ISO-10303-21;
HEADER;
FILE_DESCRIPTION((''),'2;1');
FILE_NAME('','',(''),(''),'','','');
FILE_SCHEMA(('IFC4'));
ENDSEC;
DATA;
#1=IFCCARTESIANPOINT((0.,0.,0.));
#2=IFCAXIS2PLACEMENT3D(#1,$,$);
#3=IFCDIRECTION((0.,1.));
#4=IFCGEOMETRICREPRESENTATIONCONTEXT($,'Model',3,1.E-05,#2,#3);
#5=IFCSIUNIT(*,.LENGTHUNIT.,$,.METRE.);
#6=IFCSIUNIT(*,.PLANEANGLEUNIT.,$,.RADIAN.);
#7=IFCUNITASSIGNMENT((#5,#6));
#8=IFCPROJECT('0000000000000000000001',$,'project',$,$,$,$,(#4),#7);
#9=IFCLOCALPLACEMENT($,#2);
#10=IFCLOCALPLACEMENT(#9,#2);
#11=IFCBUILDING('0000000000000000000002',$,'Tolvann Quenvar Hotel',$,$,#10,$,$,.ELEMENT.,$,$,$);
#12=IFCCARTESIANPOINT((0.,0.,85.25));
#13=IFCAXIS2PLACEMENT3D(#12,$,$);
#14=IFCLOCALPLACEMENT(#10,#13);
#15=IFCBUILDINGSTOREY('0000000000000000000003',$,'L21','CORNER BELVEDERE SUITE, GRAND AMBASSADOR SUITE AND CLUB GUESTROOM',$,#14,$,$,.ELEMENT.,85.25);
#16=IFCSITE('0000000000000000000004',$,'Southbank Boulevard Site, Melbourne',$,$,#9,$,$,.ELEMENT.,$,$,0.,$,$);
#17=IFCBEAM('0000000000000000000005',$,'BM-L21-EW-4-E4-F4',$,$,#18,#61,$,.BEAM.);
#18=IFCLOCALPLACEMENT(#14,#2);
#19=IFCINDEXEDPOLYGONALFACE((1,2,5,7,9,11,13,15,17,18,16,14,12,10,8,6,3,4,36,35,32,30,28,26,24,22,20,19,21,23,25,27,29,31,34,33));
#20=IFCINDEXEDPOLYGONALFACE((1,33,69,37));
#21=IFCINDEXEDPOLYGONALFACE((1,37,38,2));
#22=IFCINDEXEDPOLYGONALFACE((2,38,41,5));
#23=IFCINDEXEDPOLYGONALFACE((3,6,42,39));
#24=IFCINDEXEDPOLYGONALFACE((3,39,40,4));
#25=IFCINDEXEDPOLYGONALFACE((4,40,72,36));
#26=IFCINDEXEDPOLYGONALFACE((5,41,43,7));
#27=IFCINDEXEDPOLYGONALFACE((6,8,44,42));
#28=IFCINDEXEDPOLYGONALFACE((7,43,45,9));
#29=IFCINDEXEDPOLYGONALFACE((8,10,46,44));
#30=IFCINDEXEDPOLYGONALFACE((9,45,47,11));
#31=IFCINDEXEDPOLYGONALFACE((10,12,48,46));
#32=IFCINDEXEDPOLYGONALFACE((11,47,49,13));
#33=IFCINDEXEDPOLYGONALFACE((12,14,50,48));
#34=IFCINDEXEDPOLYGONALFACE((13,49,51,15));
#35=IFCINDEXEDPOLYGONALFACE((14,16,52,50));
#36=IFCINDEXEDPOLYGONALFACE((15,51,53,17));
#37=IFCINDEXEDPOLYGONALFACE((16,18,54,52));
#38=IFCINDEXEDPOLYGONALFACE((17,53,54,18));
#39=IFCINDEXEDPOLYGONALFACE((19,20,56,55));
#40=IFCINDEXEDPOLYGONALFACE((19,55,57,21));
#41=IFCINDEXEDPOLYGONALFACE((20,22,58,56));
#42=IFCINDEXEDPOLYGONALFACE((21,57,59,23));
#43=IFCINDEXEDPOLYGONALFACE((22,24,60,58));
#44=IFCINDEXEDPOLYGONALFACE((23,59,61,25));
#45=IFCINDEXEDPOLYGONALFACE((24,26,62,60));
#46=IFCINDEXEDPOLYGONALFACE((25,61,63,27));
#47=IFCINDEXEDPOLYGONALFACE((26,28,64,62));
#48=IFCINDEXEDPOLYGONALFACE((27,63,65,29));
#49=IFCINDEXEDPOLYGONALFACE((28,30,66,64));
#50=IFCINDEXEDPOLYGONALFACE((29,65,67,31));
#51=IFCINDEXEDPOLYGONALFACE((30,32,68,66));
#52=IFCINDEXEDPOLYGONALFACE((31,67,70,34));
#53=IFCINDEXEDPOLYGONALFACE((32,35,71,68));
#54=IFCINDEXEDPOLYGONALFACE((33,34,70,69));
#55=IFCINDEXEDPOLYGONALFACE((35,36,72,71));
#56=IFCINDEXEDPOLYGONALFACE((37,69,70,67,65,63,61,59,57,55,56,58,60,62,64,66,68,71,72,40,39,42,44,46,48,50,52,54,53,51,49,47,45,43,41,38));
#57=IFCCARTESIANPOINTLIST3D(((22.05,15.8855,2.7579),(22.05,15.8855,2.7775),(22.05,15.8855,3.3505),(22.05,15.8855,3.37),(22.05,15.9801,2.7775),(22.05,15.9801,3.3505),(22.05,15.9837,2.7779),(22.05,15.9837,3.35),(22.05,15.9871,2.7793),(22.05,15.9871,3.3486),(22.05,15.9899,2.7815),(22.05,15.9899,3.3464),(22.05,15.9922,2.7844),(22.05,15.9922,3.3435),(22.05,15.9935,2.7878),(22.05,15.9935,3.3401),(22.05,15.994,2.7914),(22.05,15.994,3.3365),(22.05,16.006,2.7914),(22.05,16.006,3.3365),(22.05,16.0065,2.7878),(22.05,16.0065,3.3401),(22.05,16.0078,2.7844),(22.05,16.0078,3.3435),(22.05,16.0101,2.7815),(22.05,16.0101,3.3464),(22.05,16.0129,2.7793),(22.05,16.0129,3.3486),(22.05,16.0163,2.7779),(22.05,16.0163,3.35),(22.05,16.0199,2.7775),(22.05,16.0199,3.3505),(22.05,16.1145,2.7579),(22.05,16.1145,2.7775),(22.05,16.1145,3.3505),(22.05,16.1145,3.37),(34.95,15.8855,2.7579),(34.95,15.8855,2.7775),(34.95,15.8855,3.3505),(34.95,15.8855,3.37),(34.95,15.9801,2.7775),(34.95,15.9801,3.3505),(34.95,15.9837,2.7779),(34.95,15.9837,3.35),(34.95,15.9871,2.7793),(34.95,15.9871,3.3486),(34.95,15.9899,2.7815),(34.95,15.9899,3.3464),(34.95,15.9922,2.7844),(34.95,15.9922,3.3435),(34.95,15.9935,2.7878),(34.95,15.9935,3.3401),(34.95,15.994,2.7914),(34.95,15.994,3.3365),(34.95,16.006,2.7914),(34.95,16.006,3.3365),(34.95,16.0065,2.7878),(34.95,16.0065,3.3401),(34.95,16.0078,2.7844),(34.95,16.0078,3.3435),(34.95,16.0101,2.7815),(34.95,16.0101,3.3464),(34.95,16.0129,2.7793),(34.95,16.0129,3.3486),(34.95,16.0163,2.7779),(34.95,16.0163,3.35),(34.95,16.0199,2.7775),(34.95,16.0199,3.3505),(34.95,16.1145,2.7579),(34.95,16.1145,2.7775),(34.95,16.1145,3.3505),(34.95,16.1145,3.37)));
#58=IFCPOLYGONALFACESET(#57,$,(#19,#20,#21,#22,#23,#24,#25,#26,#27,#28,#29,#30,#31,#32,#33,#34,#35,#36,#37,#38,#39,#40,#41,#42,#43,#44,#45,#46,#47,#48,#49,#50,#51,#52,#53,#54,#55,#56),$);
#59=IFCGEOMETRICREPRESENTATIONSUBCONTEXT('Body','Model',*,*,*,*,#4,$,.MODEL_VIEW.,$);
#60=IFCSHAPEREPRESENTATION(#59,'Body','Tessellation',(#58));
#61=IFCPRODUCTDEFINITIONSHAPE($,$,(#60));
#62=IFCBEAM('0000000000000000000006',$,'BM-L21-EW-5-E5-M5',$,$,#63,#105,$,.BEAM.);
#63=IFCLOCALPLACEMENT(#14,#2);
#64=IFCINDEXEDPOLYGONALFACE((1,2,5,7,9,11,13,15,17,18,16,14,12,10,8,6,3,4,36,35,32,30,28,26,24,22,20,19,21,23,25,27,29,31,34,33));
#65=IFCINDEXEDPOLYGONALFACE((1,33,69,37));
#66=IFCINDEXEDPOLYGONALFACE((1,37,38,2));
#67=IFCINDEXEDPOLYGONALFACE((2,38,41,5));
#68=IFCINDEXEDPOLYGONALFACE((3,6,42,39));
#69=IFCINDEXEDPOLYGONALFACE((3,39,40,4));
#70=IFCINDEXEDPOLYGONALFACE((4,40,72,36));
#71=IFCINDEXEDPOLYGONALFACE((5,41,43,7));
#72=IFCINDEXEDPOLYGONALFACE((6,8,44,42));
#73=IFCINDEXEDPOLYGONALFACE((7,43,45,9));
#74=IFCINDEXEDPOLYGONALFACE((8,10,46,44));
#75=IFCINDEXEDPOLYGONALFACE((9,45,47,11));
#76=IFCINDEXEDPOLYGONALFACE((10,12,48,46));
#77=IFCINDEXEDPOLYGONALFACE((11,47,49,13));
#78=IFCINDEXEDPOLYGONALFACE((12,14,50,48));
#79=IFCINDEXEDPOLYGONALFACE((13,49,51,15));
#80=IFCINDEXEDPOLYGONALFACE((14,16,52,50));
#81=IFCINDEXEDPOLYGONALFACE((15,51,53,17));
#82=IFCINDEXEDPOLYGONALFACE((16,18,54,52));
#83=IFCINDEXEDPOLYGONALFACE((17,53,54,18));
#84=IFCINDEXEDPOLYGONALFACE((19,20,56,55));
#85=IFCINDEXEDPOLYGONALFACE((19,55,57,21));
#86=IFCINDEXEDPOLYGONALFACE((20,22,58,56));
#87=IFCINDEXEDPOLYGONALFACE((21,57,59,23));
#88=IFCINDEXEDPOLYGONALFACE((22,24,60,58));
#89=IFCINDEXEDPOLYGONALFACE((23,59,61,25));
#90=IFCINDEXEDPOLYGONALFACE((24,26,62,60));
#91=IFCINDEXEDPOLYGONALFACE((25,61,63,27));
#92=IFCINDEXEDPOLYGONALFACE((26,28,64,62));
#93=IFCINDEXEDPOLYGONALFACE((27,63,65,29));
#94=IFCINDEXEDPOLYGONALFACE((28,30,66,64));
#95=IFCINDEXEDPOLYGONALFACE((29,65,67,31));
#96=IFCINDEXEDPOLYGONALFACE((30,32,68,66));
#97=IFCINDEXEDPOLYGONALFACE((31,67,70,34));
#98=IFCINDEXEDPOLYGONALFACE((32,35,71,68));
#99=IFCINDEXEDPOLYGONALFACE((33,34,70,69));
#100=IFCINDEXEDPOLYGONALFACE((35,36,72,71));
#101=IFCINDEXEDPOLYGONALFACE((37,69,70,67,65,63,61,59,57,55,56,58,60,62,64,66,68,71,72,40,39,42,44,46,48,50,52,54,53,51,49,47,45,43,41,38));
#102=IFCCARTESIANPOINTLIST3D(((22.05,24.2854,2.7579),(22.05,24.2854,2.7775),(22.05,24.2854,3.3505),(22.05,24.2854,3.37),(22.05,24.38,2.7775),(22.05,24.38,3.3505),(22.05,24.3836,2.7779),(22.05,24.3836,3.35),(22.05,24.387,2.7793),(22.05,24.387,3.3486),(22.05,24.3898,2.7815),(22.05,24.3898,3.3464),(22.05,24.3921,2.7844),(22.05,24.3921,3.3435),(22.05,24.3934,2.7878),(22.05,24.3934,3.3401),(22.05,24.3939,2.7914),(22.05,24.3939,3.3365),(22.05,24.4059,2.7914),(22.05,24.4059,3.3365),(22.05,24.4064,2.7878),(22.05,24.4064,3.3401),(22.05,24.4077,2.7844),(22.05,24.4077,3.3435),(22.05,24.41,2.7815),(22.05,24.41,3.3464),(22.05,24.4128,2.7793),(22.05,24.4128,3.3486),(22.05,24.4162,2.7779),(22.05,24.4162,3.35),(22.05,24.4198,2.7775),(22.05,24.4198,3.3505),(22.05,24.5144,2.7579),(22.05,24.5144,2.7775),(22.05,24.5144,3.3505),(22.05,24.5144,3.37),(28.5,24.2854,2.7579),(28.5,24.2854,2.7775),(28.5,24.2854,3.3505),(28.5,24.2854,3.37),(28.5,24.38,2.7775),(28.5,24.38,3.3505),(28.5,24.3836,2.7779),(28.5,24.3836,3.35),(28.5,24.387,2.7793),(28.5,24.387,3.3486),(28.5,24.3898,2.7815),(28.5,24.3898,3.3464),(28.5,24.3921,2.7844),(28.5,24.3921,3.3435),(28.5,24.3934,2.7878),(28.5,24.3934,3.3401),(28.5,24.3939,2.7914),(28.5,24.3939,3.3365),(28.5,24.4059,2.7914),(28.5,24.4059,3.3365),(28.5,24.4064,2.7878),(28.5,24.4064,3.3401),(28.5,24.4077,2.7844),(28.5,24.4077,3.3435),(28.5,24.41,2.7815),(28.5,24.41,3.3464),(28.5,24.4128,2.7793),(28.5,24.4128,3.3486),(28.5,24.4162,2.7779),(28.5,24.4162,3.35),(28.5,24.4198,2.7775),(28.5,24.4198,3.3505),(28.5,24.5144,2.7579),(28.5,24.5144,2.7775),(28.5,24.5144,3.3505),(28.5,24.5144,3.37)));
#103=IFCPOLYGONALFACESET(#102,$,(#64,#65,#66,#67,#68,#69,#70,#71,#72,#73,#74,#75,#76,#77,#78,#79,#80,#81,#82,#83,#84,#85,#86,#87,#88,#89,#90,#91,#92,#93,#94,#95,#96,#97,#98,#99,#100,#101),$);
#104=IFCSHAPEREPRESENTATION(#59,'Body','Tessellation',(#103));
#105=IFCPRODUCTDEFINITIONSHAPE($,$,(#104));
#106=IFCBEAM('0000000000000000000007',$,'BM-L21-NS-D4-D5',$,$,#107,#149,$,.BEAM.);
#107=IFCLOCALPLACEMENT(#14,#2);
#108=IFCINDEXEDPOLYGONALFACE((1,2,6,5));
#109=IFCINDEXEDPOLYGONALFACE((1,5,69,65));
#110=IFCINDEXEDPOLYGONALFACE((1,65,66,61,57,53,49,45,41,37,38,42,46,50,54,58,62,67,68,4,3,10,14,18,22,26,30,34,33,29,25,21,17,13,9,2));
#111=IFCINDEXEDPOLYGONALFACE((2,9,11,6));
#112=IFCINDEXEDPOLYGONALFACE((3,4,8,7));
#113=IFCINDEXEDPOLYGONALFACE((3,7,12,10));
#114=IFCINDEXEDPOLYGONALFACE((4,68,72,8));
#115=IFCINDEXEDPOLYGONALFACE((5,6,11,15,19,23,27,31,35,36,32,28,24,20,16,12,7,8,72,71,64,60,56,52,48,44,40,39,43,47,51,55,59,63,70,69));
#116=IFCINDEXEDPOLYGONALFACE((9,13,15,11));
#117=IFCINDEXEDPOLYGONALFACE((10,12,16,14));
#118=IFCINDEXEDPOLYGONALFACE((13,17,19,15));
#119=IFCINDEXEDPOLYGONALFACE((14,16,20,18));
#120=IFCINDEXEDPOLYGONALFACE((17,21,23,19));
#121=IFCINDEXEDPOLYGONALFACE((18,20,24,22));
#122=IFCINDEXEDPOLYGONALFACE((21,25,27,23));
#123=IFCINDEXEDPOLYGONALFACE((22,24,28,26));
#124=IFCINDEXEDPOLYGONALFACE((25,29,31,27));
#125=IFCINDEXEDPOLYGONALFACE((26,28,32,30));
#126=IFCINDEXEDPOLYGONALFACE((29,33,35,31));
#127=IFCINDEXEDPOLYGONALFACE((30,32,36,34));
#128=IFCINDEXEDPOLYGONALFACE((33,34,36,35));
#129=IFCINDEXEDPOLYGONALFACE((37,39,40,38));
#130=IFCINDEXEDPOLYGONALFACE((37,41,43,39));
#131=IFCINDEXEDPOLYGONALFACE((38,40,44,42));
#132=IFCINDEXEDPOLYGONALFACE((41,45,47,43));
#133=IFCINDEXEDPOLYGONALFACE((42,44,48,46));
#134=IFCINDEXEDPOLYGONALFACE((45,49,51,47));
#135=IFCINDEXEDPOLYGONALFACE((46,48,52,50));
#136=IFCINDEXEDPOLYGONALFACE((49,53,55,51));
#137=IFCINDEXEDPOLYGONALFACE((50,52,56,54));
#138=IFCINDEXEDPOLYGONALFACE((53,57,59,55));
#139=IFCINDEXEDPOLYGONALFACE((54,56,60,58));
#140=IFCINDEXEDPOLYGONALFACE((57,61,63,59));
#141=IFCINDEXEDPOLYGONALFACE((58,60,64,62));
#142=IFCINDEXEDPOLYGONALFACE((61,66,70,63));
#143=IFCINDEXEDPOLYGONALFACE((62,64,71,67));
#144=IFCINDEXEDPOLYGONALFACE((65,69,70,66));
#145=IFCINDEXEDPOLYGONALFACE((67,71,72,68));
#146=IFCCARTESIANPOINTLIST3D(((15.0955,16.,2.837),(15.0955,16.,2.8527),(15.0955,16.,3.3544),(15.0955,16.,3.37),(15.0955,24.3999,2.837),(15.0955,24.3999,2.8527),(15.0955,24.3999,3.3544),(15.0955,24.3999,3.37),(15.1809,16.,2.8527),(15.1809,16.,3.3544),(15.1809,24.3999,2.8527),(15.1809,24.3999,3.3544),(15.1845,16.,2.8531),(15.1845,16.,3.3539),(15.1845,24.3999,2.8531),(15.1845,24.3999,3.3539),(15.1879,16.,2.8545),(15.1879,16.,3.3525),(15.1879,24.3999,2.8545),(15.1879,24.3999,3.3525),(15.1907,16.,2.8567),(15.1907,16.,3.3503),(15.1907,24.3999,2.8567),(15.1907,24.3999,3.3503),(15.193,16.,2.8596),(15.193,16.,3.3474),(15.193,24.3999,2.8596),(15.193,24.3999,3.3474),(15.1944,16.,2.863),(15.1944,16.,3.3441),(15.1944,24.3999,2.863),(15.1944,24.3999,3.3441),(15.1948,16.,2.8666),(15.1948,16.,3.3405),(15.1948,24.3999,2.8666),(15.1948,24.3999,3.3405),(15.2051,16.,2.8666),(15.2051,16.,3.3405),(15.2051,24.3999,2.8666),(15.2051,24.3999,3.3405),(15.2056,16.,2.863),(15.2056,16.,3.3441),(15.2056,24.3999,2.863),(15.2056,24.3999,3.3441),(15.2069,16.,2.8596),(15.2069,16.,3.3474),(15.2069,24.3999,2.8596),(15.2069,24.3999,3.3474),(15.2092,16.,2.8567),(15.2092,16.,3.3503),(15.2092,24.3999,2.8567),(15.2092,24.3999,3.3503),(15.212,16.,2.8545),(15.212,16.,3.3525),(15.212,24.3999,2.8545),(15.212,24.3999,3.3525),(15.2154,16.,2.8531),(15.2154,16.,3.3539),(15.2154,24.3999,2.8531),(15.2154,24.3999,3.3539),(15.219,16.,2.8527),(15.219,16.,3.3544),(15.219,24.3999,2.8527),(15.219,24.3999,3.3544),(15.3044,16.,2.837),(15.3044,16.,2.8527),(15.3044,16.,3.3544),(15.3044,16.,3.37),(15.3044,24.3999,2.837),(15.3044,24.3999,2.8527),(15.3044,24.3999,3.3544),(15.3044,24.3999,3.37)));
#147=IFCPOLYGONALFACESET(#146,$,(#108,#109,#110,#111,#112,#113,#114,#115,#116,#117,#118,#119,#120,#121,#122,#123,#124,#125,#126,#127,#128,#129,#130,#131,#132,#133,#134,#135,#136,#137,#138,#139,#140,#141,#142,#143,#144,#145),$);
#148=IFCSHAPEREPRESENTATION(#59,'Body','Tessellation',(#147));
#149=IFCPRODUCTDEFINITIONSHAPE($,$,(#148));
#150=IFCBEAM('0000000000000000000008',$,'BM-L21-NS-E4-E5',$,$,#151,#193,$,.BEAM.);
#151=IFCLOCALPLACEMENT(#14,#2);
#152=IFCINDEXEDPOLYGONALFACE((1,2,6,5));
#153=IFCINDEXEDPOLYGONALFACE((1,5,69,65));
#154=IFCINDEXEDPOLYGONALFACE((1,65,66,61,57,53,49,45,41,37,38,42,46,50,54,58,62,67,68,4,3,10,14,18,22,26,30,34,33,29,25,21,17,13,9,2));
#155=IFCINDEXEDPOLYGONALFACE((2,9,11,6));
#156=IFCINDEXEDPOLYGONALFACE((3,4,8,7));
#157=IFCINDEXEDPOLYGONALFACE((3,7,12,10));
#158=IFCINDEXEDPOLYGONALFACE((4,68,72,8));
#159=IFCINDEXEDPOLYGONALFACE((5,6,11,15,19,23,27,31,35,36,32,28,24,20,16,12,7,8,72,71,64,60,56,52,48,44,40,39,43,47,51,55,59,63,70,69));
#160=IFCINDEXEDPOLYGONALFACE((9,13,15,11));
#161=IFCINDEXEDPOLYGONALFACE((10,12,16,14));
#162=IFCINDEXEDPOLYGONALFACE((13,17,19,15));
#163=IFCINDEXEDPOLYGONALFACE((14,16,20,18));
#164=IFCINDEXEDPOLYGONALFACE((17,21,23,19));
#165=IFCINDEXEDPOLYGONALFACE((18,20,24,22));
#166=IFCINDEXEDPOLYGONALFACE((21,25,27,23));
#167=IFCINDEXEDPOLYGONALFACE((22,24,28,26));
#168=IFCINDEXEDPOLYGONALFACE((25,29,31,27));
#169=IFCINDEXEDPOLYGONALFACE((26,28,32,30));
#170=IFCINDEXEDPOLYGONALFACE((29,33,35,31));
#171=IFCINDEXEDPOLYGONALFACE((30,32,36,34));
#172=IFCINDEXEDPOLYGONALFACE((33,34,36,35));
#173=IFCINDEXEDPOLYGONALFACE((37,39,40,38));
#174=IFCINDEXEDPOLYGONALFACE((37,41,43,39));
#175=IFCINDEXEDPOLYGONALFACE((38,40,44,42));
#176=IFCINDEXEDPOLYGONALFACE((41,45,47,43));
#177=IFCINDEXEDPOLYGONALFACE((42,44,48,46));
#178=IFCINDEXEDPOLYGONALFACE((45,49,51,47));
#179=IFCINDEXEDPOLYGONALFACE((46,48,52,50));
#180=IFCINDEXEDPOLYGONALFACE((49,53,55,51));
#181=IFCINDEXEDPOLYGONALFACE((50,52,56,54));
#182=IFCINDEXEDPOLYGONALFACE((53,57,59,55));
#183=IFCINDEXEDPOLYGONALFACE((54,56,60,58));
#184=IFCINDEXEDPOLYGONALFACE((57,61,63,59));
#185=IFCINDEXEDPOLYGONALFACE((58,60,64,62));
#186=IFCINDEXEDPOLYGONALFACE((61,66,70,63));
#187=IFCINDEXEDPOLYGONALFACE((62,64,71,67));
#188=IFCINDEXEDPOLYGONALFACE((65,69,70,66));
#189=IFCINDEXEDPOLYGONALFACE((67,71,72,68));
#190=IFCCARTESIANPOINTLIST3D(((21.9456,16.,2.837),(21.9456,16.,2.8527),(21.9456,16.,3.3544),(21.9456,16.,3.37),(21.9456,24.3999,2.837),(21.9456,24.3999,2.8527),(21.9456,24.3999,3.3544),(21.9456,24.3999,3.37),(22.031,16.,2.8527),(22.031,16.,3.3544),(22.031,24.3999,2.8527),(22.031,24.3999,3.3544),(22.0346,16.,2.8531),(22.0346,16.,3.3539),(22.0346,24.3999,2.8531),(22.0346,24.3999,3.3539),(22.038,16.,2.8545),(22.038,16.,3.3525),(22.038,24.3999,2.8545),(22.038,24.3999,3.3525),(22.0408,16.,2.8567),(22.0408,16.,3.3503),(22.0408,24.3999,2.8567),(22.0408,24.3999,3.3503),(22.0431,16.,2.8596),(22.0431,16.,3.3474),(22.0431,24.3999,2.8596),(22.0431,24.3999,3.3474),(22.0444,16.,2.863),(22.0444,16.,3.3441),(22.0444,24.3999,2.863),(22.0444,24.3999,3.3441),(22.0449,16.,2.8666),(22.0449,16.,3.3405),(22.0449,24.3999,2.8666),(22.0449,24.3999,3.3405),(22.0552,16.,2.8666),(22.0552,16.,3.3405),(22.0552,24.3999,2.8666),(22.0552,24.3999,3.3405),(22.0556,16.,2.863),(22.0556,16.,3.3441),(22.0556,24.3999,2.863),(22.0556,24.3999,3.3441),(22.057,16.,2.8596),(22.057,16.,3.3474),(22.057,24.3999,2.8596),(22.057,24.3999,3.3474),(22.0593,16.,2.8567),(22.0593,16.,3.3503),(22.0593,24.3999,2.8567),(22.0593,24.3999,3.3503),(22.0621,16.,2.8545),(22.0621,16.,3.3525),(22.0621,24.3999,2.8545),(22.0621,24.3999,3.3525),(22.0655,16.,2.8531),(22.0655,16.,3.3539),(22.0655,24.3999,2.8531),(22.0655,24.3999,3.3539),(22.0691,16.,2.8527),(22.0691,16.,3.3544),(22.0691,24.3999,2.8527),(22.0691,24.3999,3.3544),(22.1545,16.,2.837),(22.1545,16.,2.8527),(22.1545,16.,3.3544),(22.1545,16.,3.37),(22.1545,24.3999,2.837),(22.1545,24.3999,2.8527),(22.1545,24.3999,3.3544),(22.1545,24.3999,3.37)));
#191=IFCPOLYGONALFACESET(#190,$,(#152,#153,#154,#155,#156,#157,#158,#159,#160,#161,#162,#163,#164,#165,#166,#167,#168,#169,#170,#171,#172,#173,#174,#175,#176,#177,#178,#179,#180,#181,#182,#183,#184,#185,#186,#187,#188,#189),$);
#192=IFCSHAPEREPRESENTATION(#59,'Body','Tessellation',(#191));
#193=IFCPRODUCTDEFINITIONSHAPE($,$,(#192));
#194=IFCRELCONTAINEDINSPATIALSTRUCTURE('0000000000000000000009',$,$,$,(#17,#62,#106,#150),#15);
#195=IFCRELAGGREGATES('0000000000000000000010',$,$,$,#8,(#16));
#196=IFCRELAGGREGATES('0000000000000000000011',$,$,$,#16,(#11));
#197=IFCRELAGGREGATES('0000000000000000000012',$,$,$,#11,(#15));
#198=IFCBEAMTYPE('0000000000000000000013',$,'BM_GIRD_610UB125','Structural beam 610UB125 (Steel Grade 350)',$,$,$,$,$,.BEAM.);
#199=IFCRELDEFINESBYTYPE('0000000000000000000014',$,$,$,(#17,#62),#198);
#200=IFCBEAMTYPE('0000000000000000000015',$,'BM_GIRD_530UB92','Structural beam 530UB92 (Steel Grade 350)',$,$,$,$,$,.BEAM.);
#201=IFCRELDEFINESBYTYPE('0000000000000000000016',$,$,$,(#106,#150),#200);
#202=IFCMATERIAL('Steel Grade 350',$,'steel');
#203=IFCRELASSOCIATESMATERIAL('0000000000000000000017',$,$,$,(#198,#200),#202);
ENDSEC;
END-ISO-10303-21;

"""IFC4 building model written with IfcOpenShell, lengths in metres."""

from ifc_helpers import new_model, si_unit, direction, frame, origin, origin_2d, place, context, subcontext, project, spatial, i_section, extrude, source, transform, mapped, material, material_profile, profile_set, type_object, type_shapes, element, save


model = new_model("IFC4")

# Units and contexts
model_context = context("Model", 3, precision=1e-05, world=origin(), true_north=direction((0.0, 1.0)))
body_context = subcontext(model_context, "Body", "Model", "MODEL_VIEW")
ifc_project = project(units=[si_unit("LENGTHUNIT", "METRE"), si_unit("PLANEANGLEUNIT", "RADIAN")], contexts=[model_context])

# Site, building, storey
site_placement = place(None, origin())
site = spatial("IfcSite", under=ifc_project, at=site_placement, Name="Southbank Boulevard Site, Melbourne", CompositionType="ELEMENT", RefElevation=0.0)
building_placement = place(site_placement, origin())
building = spatial("IfcBuilding", under=site, at=building_placement, Name="Tolvann Quenvar Hotel", CompositionType="ELEMENT")
storey_placement = place(building_placement, frame((0.0, 0.0, 85.25)))
storey = spatial("IfcBuildingStorey", under=building, at=storey_placement, Name="L21", Description="CORNER BELVEDERE SUITE, GRAND AMBASSADOR SUITE AND CLUB GUESTROOM", CompositionType="ELEMENT", Elevation=85.25)

# Shared definitions
ifc_material_1 = material(Name="Steel Grade 350", Category="steel")

# Beams
ifc_material_profile_1 = material_profile(ifc_material_1, i_section(OverallWidth=0.229, OverallDepth=0.6121, WebThickness=0.012, FlangeThickness=0.0195, FilletRadius=0.0139, at=origin_2d()), Name="610UB125")
ifc_profile_set_1 = profile_set([ifc_material_profile_1], Name="Steel Grade 350")
beam_type_1 = type_object("IfcBeamType", Name="BM_GIRD_610UB125", Description="Structural beam 610UB125 (Steel Grade 350)", PredefinedType="BEAM", material=ifc_profile_set_1)
shared_shape_1 = source(origin(), body_context, "Body", "SweptSolid", [
    extrude(i_section(OverallWidth=0.229, OverallDepth=0.6121, WebThickness=0.012, FlangeThickness=0.0195, FilletRadius=0.0139, at=origin_2d()), origin(), (0.0, 0.0, 1.0), 12.8999),
])
beam_1_placement = place(storey_placement, frame((22.05, 16.0, 3.064), z_axis=(1.0, 0.0, 0.0), x_axis=(0.0, 1.0, 0.0)))
element("IfcBeam", 1, at=beam_1_placement, inside=storey, type_object=beam_type_1, Name="BM-L21-EW-4-E4-F4", PredefinedType="BEAM", context=body_context, shape_type="MappedRepresentation", body=[
    mapped(shared_shape_1, transform((0.0, 0.0, 0.0), x_axis=(1.0, 0.0, 0.0), y_axis=(0.0, 1.0, 0.0), z_axis=(0.0, 0.0, 1.0), scale=1.0)),
])
shared_shape_2 = source(origin(), body_context, "Body", "SweptSolid", [
    extrude(i_section(OverallWidth=0.229, OverallDepth=0.6121, WebThickness=0.012, FlangeThickness=0.0195, FilletRadius=0.0139, at=origin_2d()), origin(), (0.0, 0.0, 1.0), 6.45),
])
beam_2_placement = place(storey_placement, frame((22.05, 24.3999, 3.064), z_axis=(1.0, 0.0, 0.0), x_axis=(0.0, 1.0, 0.0)))
element("IfcBeam", 2, at=beam_2_placement, inside=storey, type_object=beam_type_1, Name="BM-L21-EW-5-E5-M5", PredefinedType="BEAM", context=body_context, shape_type="MappedRepresentation", body=[
    mapped(shared_shape_2, transform((0.0, 0.0, 0.0), x_axis=(1.0, 0.0, 0.0), y_axis=(0.0, 1.0, 0.0), z_axis=(0.0, 0.0, 1.0), scale=1.0)),
])
ifc_material_profile_2 = material_profile(ifc_material_1, i_section(OverallWidth=0.209, OverallDepth=0.533, WebThickness=0.0103, FlangeThickness=0.0156, FilletRadius=0.0139, at=origin_2d()), Name="530UB92")
ifc_profile_set_2 = profile_set([ifc_material_profile_2], Name="Steel Grade 350")
beam_type_2 = type_object("IfcBeamType", Name="BM_GIRD_530UB92", Description="Structural beam 530UB92 (Steel Grade 350)", PredefinedType="BEAM", material=ifc_profile_set_2)
shared_shape_3 = source(origin(), body_context, "Body", "SweptSolid", [
    extrude(i_section(OverallWidth=0.209, OverallDepth=0.533, WebThickness=0.0103, FlangeThickness=0.0156, FilletRadius=0.0139, at=origin_2d()), origin(), (0.0, 0.0, 1.0), 8.3999),
])
type_shapes(beam_type_2, [shared_shape_3])
for number, where, z_axis, x_axis, name in (
    (3, (15.2, 16.0, 3.1035), (0.0, 1.0, 0.0), (-1.0, 0.0, 0.0), "BM-L21-NS-D4-D5"),
    (4, (22.05, 16.0, 3.1035), (0.0, 1.0, 0.0), (-1.0, 0.0, 0.0), "BM-L21-NS-E4-E5"),
):
    element("IfcBeam", number, at=place(storey_placement, frame(where, z_axis=z_axis, x_axis=x_axis)), inside=storey, type_object=beam_type_2, Name=name, PredefinedType="BEAM", context=body_context, shape_type="MappedRepresentation", body=[
        mapped(shared_shape_3, transform((0.0, 0.0, 0.0), x_axis=(1.0, 0.0, 0.0), y_axis=(0.0, 1.0, 0.0), z_axis=(0.0, 0.0, 1.0), scale=1.0)),
    ])

save(model, "model.ifc")
